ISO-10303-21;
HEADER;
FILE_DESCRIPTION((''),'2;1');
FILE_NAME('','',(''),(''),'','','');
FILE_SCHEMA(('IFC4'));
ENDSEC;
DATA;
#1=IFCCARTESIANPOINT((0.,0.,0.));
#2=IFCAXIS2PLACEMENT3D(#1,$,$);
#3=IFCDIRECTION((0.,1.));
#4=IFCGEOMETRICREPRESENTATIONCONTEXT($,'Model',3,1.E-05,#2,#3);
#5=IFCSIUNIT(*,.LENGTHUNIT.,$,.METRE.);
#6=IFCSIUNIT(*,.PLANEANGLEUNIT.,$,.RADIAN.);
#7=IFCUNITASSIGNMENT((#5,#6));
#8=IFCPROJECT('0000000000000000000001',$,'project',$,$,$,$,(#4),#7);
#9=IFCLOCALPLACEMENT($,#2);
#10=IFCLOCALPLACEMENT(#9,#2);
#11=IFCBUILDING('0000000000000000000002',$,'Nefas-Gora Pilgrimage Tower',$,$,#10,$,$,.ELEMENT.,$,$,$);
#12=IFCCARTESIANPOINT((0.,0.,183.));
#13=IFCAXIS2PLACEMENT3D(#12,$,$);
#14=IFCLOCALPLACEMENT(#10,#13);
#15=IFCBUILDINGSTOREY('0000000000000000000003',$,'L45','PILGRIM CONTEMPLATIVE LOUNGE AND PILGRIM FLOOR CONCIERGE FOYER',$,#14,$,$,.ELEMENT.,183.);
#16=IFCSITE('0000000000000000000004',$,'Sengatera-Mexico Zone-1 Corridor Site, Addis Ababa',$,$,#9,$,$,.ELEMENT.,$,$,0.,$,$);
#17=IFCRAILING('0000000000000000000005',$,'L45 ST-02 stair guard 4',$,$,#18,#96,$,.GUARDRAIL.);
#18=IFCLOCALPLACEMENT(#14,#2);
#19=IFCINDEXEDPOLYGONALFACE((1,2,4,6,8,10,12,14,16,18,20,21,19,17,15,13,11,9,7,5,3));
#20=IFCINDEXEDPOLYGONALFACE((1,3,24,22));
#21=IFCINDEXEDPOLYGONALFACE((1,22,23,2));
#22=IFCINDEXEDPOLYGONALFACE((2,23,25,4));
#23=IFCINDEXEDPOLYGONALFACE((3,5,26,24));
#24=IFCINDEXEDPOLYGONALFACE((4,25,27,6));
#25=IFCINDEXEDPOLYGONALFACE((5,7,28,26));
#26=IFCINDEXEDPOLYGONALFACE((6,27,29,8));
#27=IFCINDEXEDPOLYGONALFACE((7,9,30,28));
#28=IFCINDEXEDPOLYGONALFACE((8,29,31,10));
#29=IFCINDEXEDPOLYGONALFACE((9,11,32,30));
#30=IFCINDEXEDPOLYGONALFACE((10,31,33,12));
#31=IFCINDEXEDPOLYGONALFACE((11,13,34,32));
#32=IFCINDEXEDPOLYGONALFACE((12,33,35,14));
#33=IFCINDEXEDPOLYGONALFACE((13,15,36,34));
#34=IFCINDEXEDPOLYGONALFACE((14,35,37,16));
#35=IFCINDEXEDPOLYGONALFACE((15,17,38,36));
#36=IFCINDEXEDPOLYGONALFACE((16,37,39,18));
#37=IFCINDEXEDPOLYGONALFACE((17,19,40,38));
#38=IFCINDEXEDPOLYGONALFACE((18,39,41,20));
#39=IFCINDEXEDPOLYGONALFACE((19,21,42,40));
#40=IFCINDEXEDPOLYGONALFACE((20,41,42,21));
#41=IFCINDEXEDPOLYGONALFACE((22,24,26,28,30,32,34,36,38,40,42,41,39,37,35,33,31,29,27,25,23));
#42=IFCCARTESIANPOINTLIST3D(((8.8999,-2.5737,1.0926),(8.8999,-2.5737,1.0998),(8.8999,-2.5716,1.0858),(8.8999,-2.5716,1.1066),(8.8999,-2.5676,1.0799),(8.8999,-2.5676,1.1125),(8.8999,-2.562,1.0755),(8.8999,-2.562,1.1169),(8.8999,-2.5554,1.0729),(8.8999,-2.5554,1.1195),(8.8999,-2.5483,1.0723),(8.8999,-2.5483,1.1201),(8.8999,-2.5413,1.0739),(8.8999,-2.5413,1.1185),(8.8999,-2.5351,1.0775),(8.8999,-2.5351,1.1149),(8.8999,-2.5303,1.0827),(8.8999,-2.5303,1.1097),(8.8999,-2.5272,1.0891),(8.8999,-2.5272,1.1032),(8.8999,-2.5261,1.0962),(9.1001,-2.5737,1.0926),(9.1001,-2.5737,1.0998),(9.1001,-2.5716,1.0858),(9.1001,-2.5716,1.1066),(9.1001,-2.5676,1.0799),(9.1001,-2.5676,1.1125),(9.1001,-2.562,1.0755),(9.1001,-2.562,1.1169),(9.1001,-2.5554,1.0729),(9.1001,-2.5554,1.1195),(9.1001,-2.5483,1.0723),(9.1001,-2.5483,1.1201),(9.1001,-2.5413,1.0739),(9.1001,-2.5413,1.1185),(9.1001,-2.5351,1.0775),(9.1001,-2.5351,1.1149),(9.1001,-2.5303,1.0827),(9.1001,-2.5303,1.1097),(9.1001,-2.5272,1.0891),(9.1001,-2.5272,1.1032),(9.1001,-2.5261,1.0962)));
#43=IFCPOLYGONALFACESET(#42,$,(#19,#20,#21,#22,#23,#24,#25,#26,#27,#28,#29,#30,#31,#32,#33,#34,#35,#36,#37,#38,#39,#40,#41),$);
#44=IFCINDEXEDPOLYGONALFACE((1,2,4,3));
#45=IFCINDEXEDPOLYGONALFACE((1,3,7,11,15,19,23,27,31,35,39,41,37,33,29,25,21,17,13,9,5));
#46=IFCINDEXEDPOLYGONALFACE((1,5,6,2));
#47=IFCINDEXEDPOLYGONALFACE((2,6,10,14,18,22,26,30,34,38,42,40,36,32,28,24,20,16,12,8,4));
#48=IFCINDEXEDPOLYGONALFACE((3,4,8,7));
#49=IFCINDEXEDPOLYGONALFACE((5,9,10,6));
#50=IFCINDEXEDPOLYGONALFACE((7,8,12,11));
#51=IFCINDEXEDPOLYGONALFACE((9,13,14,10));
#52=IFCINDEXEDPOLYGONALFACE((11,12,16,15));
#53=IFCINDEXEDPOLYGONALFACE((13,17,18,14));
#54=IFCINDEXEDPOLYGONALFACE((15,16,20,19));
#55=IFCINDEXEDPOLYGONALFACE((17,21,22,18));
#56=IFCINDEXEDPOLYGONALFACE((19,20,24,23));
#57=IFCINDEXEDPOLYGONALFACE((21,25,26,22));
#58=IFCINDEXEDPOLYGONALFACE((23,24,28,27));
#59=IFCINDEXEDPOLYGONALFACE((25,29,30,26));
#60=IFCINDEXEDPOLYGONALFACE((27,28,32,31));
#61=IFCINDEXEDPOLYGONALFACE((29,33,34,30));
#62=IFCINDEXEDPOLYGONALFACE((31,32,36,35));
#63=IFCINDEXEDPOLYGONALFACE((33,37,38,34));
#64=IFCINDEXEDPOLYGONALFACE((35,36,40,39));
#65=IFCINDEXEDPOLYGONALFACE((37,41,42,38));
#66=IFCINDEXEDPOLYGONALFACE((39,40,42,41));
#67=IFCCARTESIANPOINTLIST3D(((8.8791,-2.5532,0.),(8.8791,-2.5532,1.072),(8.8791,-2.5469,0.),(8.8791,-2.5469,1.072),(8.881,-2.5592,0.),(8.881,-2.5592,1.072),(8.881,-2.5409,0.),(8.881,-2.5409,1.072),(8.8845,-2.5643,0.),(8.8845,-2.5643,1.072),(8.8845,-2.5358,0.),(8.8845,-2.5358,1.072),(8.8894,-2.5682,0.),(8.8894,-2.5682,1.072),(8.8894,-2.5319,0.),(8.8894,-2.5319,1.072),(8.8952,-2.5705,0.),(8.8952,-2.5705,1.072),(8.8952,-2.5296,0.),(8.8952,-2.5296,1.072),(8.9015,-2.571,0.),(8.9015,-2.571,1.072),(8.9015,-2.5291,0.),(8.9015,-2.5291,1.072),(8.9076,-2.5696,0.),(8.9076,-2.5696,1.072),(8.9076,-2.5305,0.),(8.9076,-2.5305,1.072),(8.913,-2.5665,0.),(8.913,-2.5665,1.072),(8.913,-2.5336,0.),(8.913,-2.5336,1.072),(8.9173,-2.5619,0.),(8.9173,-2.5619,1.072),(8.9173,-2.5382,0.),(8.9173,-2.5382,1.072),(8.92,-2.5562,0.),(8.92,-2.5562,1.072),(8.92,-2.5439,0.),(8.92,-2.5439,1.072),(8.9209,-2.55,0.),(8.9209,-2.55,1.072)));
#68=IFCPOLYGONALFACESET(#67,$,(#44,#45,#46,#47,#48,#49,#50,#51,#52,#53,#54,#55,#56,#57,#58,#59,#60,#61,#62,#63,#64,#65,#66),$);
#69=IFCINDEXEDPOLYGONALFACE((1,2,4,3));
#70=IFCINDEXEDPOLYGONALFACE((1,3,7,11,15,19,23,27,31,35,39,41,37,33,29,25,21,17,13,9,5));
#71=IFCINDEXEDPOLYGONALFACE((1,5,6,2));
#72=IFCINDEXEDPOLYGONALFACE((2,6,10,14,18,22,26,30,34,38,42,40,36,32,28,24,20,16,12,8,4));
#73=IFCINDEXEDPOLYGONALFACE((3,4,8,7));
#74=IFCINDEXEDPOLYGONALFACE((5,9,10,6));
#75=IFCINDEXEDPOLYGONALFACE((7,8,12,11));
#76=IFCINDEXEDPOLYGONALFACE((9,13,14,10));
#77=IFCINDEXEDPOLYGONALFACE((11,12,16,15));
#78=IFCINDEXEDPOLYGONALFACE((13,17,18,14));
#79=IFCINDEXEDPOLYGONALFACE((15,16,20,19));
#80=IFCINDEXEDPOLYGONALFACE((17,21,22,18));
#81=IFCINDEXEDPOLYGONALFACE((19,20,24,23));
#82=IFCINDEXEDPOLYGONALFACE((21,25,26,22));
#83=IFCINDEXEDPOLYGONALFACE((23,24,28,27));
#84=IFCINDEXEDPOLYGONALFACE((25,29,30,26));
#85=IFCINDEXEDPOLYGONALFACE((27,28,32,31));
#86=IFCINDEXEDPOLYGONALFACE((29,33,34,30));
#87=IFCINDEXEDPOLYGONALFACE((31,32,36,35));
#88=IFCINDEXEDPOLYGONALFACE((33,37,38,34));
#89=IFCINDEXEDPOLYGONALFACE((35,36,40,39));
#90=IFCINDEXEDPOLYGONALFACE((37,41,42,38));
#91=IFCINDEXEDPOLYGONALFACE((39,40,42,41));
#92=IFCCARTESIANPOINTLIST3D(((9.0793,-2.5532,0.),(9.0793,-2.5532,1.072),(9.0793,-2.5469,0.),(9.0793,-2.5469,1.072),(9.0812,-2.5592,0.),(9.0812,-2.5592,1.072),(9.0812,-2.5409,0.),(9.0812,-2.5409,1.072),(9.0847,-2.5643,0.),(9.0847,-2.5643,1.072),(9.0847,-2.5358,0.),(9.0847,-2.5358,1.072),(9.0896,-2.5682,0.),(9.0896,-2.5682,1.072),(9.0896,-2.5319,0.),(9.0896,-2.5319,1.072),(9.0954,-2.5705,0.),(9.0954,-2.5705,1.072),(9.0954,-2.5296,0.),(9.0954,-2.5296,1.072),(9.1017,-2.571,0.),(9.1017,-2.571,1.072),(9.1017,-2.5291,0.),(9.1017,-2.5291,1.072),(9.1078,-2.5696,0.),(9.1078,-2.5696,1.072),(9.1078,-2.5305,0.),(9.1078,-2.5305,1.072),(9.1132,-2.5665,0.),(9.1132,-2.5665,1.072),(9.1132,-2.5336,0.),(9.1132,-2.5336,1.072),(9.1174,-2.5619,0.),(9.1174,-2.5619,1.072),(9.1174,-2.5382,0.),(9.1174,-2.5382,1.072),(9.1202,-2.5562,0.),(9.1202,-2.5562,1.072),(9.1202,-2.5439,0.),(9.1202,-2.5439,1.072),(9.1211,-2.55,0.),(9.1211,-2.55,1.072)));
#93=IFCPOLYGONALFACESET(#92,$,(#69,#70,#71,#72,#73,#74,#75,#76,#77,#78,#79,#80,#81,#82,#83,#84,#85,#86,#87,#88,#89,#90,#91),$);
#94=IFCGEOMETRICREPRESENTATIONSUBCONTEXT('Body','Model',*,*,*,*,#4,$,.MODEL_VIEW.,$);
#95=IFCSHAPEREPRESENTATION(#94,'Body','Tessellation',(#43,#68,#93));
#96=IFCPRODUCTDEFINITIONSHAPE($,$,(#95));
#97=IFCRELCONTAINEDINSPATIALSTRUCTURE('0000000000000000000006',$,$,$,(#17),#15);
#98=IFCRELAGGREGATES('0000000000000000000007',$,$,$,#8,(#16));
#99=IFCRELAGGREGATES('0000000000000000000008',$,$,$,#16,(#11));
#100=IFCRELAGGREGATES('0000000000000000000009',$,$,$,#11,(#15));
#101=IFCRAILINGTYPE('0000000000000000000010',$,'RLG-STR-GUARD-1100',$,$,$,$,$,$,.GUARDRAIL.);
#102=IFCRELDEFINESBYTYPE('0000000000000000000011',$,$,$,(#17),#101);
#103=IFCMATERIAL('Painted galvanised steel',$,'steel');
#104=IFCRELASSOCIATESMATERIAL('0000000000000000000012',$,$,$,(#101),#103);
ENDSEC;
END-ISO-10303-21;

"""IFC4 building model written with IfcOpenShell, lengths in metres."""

from ifc_helpers import new_model, si_unit, direction, frame, origin, origin_2d, place, context, subcontext, project, spatial, circle, extrude, material, type_object, element, save


model = new_model("IFC4")

# Units and contexts
model_context = context("Model", 3, precision=1e-05, world=origin(), true_north=direction((0.0, 1.0)))
body_context = subcontext(model_context, "Body", "Model", "MODEL_VIEW")
ifc_project = project(units=[si_unit("LENGTHUNIT", "METRE"), si_unit("PLANEANGLEUNIT", "RADIAN")], contexts=[model_context])

# Site, building, storey
site_placement = place(None, origin())
site = spatial("IfcSite", under=ifc_project, at=site_placement, Name="Sengatera-Mexico Zone-1 Corridor Site, Addis Ababa", CompositionType="ELEMENT", RefElevation=0.0)
building_placement = place(site_placement, origin())
building = spatial("IfcBuilding", under=site, at=building_placement, Name="Nefas-Gora Pilgrimage Tower", CompositionType="ELEMENT")
storey_placement = place(building_placement, frame((0.0, 0.0, 183.0)))
storey = spatial("IfcBuildingStorey", under=building, at=storey_placement, Name="L45", Description="PILGRIM CONTEMPLATIVE LOUNGE AND PILGRIM FLOOR CONCIERGE FOYER", CompositionType="ELEMENT", Elevation=183.0)

# Railing
ifc_material_1 = material(Name="Painted galvanised steel", Category="steel")
railing_type_1 = type_object("IfcRailingType", Name="RLG-STR-GUARD-1100", PredefinedType="GUARDRAIL", material=ifc_material_1)
railing_1_placement = place(storey_placement, frame((8.8999, -2.55, 0.0)))
element("IfcRailing", 1, at=railing_1_placement, inside=storey, type_object=railing_type_1, Name="L45 ST-02 stair guard 4", PredefinedType="GUARDRAIL", context=body_context, shape_type="SweptSolid", body=[
    extrude(circle(Radius=0.0239, at=origin_2d()), frame((0.0, 0.0, 1.0962), z_axis=(1.0, 0.0, 0.0), x_axis=(0.0, 1.0, 0.0)), (0.0, 0.0, 1.0), 0.2002),
    extrude(circle(Radius=0.021, at=origin_2d()), origin(), (0.0, 0.0, 1.0), 1.072),
    extrude(circle(Radius=0.021, at=origin_2d()), frame((0.2002, 0.0, 0.0)), (0.0, 0.0, 1.0), 1.072),
])

save(model, "model.ifc")
